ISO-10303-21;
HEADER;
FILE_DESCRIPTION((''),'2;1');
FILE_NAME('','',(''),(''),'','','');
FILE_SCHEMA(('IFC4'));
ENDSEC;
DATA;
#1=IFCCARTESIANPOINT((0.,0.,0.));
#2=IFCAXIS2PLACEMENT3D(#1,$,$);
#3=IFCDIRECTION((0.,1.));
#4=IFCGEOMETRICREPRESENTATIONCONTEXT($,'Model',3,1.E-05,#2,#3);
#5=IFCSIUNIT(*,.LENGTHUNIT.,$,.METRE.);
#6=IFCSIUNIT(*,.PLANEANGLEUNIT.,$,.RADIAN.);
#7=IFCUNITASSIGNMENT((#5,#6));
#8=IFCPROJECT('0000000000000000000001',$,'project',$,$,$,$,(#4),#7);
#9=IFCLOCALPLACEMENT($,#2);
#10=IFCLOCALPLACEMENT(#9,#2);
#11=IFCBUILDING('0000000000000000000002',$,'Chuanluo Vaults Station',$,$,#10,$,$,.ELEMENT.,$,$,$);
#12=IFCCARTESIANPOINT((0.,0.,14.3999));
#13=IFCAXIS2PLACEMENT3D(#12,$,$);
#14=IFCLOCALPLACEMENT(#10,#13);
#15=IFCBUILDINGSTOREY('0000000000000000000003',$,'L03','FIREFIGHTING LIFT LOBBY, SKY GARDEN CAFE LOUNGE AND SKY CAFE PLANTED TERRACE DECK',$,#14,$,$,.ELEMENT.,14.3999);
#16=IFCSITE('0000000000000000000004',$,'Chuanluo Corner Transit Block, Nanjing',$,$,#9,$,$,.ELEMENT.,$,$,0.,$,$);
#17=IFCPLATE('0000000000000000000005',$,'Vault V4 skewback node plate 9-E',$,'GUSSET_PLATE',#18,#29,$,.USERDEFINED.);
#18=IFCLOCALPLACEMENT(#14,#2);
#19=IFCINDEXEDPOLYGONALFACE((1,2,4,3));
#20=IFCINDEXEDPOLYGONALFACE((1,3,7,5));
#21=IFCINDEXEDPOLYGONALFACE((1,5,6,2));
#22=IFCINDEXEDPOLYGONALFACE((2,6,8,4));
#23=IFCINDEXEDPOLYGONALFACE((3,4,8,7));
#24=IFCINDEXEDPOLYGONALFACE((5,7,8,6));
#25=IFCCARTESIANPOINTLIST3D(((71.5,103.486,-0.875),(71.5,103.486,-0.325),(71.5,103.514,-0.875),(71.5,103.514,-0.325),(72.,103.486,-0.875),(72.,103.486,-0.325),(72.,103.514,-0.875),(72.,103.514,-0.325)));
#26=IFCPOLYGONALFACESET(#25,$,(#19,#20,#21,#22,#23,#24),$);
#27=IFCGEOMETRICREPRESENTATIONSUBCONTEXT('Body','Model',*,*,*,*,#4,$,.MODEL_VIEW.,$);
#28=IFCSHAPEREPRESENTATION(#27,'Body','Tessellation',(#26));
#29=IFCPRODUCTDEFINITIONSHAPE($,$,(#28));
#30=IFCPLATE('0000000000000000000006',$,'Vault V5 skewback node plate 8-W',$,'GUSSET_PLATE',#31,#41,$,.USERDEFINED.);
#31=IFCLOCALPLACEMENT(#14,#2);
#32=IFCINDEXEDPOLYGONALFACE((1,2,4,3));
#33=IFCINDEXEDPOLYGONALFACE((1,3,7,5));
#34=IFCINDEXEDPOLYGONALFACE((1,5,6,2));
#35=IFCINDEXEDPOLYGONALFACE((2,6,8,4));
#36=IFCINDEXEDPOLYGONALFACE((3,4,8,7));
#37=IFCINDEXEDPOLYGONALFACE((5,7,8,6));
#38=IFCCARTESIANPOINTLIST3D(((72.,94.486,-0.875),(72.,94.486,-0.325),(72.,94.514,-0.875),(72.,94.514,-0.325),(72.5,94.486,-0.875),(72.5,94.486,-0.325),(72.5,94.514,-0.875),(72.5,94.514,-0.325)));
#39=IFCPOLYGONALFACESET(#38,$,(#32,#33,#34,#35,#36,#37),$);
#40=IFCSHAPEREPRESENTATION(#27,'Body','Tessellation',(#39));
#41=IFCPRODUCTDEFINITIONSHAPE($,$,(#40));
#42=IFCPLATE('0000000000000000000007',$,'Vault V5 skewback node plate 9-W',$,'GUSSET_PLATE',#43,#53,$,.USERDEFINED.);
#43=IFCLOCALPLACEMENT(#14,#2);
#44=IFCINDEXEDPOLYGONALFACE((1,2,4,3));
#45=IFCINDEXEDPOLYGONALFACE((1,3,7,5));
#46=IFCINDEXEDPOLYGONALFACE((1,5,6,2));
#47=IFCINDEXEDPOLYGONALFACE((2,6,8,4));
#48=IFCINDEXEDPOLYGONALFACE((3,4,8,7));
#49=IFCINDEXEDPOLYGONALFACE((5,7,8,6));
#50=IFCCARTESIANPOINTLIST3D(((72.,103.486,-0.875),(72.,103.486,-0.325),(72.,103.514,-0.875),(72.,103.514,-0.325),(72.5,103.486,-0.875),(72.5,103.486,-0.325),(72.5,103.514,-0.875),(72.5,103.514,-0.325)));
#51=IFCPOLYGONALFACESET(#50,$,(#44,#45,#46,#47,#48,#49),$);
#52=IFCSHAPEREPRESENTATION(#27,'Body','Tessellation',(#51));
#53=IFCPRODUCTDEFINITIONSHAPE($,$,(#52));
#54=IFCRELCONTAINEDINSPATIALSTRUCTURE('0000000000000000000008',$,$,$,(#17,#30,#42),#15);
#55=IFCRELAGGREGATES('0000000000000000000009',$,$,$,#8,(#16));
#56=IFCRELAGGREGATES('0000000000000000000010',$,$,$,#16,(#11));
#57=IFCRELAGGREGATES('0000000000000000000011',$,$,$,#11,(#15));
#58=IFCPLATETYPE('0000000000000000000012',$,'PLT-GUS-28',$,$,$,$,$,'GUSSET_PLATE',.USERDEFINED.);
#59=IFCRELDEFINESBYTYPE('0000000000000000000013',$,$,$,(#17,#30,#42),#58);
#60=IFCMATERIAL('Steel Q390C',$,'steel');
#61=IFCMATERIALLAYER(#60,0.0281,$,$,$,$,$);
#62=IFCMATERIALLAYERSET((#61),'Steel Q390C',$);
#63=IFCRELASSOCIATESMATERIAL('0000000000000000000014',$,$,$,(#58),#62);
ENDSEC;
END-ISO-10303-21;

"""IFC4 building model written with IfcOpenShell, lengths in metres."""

from ifc_helpers import new_model, si_unit, direction, frame, origin, origin_2d, place, context, subcontext, project, spatial, rectangle, extrude, material, layer, layer_set, type_object, element, save


model = new_model("IFC4")

# Units and contexts
model_context = context("Model", 3, precision=1e-05, world=origin(), true_north=direction((0.0, 1.0)))
body_context = subcontext(model_context, "Body", "Model", "MODEL_VIEW")
ifc_project = project(units=[si_unit("LENGTHUNIT", "METRE"), si_unit("PLANEANGLEUNIT", "RADIAN")], contexts=[model_context])

# Site, building, storey
site_placement = place(None, origin())
site = spatial("IfcSite", under=ifc_project, at=site_placement, Name="Chuanluo Corner Transit Block, Nanjing", CompositionType="ELEMENT", RefElevation=0.0)
building_placement = place(site_placement, origin())
building = spatial("IfcBuilding", under=site, at=building_placement, Name="Chuanluo Vaults Station", CompositionType="ELEMENT")
storey_placement = place(building_placement, frame((0.0, 0.0, 14.3999)))
storey = spatial("IfcBuildingStorey", under=building, at=storey_placement, Name="L03", Description="FIREFIGHTING LIFT LOBBY, SKY GARDEN CAFE LOUNGE AND SKY CAFE PLANTED TERRACE DECK", CompositionType="ELEMENT", Elevation=14.3999)

# Plates
ifc_material_1 = material(Name="Steel Q390C", Category="steel")
ifc_layer = layer(ifc_material_1, 0.0281)
ifc_layer_set = layer_set([ifc_layer], Name="Steel Q390C")
plate_type = type_object("IfcPlateType", Name="PLT-GUS-28", ElementType="GUSSET_PLATE", PredefinedType="USERDEFINED", material=ifc_layer_set)
for number, where, z_axis, x_axis, name in (
    (1, (71.75, 103.5, -0.875), (0.0, 0.0, 1.0), (1.0, 0.0, 0.0), "Vault V4 skewback node plate 9-E"),
    (2, (72.25, 94.5, -0.875), (0.0, 0.0, 1.0), (1.0, 0.0, 0.0), "Vault V5 skewback node plate 8-W"),
    (3, (72.25, 103.5, -0.875), (0.0, 0.0, 1.0), (1.0, 0.0, 0.0), "Vault V5 skewback node plate 9-W"),
):
    element("IfcPlate", number, at=place(storey_placement, frame(where, z_axis=z_axis, x_axis=x_axis)), inside=storey, type_object=plate_type, Name=name, ObjectType="GUSSET_PLATE", PredefinedType="USERDEFINED", context=body_context, shape_type="SweptSolid", body=[
        extrude(rectangle(XDim=0.5, YDim=0.0281, at=origin_2d()), origin(), (0.0, 0.0, 1.0), 0.55),
    ])

save(model, "model.ifc")
